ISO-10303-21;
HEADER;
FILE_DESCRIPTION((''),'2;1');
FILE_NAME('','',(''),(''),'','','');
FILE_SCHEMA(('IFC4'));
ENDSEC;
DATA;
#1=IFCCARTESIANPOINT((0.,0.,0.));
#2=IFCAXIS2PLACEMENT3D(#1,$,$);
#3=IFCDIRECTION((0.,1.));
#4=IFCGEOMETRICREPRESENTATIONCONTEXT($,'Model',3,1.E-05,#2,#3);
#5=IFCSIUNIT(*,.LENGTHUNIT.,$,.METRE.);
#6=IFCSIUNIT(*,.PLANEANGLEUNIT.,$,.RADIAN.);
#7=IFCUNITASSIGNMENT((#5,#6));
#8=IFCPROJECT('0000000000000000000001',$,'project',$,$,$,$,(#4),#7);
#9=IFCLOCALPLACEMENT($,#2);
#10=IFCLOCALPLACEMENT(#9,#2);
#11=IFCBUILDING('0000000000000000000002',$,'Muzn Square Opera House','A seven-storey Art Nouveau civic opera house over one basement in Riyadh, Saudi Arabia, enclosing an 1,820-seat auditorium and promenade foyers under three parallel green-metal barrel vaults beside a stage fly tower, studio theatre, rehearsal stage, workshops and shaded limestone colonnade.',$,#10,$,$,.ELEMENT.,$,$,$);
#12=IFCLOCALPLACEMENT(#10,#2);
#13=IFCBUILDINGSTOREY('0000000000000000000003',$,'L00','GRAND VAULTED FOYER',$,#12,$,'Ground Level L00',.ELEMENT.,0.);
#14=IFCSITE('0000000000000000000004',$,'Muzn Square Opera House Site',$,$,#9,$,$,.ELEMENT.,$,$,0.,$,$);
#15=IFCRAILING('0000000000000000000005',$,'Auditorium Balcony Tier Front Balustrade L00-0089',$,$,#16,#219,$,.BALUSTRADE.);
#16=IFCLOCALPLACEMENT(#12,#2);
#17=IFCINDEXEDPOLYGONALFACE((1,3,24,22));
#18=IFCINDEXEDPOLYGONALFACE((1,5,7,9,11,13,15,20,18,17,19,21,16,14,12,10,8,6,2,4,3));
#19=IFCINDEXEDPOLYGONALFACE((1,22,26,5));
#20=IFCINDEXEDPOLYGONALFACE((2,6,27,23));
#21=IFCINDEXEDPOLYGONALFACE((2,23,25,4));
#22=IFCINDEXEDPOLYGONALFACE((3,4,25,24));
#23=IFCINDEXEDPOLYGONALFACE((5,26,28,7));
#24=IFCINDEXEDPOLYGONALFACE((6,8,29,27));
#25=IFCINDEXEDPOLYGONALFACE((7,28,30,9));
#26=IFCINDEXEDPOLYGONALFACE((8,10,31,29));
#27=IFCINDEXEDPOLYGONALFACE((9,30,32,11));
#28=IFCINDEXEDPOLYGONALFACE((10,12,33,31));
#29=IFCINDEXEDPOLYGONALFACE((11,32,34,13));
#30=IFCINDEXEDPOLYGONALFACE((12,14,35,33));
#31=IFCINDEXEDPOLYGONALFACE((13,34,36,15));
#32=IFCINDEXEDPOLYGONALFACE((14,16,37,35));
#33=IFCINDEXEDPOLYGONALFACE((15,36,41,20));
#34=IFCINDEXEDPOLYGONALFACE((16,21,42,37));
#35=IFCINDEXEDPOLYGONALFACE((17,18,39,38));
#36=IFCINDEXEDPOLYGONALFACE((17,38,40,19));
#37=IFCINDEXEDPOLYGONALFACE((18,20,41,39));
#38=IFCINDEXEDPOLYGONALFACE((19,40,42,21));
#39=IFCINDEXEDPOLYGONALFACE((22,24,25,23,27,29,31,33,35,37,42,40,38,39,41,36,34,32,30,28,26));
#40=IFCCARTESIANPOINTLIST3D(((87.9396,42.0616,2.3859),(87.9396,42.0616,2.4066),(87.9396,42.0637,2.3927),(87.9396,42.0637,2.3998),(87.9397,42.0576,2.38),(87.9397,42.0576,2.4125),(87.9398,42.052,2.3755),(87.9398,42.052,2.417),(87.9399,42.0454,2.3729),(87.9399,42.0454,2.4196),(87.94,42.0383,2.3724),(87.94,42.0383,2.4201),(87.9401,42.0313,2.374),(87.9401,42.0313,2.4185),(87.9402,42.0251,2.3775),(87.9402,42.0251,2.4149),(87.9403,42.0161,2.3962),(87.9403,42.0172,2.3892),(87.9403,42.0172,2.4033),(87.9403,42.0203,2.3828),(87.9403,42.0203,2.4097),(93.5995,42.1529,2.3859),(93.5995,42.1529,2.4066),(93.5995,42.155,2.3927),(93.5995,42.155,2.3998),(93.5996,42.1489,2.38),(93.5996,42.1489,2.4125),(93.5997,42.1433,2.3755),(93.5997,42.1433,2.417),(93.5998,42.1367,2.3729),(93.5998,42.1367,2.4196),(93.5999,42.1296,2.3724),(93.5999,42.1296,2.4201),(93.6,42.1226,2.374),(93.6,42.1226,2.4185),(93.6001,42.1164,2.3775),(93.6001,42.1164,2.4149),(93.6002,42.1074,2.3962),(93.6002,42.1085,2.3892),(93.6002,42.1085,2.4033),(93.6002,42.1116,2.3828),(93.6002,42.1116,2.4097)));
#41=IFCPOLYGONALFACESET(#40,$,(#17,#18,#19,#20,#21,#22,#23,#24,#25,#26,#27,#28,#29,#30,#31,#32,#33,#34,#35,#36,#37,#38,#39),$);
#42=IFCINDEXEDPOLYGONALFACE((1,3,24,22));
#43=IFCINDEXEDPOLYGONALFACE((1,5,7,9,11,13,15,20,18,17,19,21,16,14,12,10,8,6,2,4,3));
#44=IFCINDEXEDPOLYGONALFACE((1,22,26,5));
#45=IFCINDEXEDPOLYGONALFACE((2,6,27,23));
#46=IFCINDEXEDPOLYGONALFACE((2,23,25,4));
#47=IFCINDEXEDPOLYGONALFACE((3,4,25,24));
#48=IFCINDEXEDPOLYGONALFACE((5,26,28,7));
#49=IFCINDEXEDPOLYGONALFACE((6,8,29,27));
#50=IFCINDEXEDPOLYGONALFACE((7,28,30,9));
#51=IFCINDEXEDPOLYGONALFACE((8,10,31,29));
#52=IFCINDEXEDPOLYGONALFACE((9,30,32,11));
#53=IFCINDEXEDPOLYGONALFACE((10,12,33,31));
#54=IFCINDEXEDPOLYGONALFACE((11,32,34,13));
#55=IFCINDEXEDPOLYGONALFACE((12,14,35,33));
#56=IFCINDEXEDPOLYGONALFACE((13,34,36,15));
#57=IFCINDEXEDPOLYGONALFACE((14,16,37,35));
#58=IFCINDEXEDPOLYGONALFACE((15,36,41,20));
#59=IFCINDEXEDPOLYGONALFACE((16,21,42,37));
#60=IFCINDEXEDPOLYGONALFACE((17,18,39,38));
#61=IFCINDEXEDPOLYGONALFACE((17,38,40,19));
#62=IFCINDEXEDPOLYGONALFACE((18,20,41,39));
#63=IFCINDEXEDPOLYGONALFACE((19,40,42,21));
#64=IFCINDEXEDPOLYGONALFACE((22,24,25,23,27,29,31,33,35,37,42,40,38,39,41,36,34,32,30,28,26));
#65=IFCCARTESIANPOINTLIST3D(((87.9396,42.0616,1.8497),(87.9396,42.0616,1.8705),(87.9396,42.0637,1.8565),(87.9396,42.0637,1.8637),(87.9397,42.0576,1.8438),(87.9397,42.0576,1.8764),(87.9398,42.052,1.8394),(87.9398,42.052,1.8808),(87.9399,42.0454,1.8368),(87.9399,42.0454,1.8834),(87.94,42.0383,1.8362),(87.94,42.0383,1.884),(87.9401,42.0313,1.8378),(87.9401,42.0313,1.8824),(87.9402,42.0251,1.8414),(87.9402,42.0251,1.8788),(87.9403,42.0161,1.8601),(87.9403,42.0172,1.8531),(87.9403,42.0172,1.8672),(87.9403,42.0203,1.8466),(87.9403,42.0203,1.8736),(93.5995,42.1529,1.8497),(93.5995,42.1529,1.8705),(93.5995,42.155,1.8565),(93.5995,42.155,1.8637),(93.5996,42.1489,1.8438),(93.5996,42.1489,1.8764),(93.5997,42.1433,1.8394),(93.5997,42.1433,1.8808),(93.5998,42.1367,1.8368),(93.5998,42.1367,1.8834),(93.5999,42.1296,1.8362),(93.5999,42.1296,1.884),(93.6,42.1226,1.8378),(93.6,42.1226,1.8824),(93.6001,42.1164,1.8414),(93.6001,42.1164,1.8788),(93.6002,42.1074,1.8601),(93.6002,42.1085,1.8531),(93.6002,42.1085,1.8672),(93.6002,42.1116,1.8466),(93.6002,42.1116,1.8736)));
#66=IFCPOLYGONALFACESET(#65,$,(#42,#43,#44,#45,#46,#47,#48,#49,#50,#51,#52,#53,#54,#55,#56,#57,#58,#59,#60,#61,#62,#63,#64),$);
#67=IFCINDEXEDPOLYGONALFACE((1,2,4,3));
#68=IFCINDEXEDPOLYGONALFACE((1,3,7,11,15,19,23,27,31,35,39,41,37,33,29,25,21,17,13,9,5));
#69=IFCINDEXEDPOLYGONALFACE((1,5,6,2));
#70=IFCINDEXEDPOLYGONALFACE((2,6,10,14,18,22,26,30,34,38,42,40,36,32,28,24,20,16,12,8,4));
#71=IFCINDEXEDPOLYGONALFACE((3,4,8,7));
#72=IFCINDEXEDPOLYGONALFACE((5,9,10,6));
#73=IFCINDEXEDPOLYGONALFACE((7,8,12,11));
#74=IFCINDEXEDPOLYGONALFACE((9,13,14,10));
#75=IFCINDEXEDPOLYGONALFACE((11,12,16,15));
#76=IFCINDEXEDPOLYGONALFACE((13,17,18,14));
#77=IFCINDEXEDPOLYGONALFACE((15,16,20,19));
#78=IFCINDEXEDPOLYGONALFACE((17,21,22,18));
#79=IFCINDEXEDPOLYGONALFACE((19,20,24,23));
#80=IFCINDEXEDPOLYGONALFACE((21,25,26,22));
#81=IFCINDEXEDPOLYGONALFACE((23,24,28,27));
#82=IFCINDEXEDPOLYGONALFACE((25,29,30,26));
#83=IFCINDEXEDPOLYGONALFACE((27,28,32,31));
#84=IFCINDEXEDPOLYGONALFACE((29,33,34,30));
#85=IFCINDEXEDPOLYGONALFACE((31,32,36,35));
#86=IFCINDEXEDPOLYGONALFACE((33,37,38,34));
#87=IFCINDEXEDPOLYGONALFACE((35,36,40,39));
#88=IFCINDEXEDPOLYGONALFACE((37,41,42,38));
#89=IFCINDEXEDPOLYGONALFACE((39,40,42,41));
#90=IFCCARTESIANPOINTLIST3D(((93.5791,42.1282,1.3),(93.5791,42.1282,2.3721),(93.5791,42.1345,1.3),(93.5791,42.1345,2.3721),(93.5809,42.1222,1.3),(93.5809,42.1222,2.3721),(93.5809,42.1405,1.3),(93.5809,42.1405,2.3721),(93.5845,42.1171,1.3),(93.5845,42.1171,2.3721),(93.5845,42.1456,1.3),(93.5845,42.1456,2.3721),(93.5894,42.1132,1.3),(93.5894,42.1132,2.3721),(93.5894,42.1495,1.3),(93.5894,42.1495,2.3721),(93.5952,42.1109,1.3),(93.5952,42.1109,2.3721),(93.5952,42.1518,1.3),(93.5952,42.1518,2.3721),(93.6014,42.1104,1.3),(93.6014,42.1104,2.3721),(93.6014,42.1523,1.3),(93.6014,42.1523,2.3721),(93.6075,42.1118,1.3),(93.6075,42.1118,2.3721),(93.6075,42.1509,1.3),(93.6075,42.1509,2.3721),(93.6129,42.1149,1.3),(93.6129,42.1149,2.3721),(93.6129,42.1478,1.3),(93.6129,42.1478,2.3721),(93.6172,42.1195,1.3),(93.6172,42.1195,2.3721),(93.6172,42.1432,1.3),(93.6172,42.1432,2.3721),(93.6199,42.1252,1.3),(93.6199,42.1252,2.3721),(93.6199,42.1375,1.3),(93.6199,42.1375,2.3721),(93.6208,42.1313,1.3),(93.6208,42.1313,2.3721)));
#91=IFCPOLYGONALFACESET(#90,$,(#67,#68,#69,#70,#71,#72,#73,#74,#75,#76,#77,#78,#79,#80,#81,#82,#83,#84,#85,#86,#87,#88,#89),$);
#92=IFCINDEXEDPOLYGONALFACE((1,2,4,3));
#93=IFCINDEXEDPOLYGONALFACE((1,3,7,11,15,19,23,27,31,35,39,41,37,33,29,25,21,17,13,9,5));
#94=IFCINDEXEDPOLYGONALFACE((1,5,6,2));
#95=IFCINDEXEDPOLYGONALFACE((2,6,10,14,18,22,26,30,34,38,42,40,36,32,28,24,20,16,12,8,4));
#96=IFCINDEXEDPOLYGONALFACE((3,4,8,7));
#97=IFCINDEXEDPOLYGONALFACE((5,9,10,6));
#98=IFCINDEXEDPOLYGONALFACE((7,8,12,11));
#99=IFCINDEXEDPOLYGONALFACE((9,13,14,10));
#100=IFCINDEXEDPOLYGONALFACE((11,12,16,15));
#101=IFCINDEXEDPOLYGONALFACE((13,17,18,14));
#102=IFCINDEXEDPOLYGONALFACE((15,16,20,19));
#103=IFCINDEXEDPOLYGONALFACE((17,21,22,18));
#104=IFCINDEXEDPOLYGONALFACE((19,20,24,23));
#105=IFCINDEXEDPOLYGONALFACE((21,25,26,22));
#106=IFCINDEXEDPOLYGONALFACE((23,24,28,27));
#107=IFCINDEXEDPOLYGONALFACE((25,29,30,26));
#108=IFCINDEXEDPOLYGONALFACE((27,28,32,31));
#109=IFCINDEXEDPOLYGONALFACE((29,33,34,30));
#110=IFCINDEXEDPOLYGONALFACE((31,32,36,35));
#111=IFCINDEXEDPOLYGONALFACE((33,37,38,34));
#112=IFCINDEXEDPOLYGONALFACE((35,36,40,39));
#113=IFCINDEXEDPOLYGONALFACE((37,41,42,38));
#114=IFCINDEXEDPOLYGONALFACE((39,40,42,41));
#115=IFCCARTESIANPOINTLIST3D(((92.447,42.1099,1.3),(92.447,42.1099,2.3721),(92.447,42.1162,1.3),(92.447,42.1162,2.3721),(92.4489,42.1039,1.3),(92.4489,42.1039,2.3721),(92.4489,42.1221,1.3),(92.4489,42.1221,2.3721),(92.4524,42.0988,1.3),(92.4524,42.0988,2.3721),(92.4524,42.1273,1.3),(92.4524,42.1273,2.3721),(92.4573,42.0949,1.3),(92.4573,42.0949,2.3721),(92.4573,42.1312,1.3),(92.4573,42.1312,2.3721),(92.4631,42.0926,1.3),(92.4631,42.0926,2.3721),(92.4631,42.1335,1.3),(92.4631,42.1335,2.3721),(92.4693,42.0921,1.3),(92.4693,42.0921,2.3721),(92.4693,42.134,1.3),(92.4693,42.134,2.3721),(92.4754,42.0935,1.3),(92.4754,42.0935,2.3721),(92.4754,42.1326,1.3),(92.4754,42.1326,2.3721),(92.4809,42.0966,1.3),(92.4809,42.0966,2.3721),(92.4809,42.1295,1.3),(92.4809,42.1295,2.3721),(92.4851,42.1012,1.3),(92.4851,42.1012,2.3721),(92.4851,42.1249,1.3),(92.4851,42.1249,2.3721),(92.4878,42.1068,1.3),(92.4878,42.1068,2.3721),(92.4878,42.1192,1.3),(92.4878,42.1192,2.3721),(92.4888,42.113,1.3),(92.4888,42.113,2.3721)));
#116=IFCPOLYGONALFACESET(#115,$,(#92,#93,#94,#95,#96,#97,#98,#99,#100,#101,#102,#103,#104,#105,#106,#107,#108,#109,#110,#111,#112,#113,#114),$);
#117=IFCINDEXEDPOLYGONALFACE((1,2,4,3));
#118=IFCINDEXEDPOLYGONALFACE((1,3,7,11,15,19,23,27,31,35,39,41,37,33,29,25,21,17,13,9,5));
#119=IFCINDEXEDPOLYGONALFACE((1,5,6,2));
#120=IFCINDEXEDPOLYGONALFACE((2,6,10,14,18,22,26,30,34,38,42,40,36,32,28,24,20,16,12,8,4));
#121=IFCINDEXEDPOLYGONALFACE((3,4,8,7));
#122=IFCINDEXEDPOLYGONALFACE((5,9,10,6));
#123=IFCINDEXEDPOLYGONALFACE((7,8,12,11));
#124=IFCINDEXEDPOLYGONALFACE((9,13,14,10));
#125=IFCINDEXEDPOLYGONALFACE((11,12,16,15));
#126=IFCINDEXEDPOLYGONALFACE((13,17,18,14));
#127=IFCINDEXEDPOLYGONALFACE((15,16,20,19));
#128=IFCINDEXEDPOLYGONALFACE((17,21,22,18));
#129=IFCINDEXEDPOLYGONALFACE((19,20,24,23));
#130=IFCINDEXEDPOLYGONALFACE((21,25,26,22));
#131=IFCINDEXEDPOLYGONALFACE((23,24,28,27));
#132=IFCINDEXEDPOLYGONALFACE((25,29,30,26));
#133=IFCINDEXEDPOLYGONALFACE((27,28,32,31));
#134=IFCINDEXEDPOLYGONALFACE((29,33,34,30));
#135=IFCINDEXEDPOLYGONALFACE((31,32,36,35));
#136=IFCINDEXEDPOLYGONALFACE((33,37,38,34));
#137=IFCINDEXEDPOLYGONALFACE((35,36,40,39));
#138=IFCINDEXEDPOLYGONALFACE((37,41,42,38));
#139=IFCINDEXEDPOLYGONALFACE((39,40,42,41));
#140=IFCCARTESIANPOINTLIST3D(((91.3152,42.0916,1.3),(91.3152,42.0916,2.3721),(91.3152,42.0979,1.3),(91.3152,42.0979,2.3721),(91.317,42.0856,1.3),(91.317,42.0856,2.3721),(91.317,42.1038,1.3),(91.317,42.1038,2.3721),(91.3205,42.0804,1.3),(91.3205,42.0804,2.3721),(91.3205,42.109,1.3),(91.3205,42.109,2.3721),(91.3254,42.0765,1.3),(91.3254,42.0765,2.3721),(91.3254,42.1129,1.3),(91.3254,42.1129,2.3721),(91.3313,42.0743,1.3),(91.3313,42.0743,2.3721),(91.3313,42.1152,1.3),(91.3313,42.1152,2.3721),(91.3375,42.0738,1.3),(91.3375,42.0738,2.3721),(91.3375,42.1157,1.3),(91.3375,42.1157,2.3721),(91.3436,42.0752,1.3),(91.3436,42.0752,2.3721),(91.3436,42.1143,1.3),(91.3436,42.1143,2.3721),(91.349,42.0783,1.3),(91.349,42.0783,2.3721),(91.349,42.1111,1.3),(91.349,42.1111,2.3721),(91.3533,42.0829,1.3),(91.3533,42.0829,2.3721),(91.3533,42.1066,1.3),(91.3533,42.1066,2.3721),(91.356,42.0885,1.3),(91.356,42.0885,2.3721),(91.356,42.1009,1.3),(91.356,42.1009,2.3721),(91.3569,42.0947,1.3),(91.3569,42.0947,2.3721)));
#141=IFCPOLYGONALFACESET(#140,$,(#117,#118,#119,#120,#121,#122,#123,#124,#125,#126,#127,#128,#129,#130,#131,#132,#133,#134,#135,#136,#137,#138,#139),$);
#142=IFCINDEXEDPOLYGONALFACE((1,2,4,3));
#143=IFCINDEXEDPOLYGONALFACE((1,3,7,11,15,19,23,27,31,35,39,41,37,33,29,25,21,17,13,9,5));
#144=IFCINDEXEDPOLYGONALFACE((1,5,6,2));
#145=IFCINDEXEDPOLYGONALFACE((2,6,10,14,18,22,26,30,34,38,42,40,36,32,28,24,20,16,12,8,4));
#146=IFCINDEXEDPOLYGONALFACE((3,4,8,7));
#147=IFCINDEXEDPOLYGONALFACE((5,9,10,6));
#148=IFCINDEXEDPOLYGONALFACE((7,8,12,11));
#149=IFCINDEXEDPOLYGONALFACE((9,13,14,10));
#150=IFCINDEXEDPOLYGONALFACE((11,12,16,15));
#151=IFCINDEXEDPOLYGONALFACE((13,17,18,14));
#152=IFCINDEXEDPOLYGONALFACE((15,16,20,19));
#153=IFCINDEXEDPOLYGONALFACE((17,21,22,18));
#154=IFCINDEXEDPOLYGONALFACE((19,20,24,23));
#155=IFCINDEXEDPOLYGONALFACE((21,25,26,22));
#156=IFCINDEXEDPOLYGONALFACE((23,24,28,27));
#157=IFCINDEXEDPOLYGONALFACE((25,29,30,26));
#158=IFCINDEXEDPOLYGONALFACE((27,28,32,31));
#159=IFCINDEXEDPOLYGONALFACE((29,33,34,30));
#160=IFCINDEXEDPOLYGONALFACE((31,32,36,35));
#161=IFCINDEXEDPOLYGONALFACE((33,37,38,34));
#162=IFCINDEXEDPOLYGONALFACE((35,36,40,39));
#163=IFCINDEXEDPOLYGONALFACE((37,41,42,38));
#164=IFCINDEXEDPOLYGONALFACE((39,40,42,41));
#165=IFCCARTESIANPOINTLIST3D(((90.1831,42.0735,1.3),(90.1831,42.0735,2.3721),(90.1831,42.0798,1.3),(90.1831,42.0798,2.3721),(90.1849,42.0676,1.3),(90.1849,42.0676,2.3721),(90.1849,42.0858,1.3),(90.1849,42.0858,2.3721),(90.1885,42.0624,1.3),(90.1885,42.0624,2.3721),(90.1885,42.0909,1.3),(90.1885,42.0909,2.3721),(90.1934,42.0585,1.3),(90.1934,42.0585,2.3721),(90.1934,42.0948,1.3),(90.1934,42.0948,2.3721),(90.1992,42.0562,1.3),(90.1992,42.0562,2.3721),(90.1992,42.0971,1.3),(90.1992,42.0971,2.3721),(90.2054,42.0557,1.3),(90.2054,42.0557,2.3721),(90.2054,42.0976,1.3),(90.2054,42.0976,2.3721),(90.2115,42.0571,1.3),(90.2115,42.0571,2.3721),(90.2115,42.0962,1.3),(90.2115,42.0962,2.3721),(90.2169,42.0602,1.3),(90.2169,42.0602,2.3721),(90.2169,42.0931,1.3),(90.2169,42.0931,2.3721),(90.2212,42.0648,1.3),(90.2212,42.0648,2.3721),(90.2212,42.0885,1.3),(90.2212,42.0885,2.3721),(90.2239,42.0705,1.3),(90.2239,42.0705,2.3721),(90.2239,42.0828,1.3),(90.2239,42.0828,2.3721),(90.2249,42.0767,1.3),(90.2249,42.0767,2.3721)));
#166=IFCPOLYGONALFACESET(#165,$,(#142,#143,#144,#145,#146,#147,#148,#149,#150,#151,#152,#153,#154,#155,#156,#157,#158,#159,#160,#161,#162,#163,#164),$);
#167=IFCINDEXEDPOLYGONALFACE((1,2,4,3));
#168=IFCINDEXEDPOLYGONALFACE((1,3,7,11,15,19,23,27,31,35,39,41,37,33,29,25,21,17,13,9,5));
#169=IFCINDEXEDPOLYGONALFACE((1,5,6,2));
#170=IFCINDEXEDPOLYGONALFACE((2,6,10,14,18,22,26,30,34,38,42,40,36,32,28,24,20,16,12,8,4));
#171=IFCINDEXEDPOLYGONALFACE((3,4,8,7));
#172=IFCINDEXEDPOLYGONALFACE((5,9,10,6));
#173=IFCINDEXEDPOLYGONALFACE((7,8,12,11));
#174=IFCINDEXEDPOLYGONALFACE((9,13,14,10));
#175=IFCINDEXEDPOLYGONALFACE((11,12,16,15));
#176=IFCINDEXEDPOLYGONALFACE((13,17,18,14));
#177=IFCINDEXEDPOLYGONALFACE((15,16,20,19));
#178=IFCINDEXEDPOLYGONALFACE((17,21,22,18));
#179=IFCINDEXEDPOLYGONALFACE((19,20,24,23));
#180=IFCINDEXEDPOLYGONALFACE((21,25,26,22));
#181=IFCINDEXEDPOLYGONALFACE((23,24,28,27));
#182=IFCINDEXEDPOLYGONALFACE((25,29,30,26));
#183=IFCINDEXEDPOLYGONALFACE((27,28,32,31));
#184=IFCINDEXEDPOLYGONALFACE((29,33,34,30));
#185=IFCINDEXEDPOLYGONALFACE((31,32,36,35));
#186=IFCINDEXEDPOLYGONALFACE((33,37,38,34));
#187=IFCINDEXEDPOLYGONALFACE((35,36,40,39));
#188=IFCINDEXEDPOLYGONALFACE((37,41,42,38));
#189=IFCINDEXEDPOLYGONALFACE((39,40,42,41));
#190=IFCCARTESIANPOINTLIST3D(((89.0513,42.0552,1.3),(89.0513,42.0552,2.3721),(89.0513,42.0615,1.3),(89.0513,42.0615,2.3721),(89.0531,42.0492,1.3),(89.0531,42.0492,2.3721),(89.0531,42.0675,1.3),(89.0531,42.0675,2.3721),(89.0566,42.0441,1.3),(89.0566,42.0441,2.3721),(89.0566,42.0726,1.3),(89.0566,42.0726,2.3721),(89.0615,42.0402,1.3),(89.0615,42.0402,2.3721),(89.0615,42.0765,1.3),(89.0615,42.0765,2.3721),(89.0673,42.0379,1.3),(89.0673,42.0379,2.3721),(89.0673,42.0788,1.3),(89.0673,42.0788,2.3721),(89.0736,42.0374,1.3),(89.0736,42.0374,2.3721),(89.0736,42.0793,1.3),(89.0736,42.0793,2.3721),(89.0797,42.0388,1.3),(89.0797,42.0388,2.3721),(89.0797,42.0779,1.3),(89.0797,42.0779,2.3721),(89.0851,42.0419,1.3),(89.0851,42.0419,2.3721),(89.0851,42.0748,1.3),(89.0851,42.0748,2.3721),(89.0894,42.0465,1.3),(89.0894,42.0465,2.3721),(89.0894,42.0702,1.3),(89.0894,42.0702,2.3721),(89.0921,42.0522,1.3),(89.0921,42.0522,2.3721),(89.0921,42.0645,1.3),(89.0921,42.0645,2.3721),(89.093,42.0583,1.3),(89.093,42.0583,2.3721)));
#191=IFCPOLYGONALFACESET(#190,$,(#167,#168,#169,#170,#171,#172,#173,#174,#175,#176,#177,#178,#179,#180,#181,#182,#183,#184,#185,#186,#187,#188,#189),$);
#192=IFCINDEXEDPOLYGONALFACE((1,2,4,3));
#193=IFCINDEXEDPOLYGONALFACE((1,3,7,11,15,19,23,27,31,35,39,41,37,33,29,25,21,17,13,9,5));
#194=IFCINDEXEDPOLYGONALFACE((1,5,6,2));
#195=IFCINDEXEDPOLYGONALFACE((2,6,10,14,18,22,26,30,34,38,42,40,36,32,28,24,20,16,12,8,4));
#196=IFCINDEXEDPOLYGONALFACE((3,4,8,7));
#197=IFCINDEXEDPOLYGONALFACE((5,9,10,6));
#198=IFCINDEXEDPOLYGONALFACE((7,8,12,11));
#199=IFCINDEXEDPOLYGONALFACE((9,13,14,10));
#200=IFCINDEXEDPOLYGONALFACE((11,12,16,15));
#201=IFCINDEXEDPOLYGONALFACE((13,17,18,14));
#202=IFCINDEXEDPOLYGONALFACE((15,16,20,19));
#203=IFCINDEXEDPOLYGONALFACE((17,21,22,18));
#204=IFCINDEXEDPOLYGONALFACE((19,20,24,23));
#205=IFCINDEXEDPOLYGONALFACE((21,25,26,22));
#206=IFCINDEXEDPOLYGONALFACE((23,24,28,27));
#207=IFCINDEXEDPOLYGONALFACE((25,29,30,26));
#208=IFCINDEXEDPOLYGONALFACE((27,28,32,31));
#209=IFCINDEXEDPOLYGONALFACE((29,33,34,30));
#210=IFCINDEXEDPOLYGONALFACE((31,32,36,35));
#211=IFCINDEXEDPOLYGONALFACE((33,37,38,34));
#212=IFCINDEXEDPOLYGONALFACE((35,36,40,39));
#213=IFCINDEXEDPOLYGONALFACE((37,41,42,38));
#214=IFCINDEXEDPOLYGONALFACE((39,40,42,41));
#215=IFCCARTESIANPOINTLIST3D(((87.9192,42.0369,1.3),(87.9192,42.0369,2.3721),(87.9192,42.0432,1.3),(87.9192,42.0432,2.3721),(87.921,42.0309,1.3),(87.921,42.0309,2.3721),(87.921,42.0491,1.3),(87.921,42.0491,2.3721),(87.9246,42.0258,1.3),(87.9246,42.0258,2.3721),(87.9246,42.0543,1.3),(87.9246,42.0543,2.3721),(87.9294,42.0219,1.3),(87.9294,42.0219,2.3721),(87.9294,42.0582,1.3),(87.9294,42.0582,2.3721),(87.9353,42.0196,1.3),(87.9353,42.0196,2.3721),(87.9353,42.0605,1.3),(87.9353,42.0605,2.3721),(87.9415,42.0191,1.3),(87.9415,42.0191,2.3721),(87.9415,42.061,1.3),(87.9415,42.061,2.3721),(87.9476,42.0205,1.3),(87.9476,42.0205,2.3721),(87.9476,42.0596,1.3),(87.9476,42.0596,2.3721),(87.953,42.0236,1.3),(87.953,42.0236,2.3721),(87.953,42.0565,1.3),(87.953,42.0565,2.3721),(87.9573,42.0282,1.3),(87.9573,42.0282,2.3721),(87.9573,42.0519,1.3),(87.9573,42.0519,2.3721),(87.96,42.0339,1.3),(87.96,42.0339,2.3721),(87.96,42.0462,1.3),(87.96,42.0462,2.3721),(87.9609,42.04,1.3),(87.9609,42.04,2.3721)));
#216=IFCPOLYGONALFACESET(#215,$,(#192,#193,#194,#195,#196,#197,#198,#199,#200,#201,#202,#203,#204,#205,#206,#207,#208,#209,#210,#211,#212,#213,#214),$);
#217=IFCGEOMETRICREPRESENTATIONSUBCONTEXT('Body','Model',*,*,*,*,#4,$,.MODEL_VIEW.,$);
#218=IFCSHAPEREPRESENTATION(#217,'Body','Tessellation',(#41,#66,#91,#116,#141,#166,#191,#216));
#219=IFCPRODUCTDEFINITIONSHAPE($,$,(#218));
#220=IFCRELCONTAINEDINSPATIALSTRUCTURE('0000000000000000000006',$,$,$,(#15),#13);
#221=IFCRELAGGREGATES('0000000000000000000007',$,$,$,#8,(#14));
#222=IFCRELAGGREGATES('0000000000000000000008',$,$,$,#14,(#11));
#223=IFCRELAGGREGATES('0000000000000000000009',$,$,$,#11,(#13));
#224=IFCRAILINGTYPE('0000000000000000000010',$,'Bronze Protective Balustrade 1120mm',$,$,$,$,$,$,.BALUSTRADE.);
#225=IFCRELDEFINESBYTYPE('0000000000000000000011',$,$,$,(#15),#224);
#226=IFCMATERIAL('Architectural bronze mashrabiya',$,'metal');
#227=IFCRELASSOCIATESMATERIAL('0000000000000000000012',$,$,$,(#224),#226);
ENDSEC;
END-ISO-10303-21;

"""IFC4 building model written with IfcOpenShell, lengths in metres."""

from ifc_helpers import new_model, si_unit, direction, frame, origin, origin_2d, place, context, subcontext, project, spatial, circle, extrude, material, type_object, element, save


model = new_model("IFC4")

# Units and contexts
model_context = context("Model", 3, precision=1e-05, world=origin(), true_north=direction((0.0, 1.0)))
body_context = subcontext(model_context, "Body", "Model", "MODEL_VIEW")
ifc_project = project(units=[si_unit("LENGTHUNIT", "METRE"), si_unit("PLANEANGLEUNIT", "RADIAN")], contexts=[model_context])

# Site, building, storey
site_placement = place(None, origin())
site = spatial("IfcSite", under=ifc_project, at=site_placement, Name="Muzn Square Opera House Site", CompositionType="ELEMENT", RefElevation=0.0)
building_placement = place(site_placement, origin())
building = spatial("IfcBuilding", under=site, at=building_placement, Name="Muzn Square Opera House", Description="A seven-storey Art Nouveau civic opera house over one basement in Riyadh, Saudi Arabia, enclosing an 1,820-seat auditorium and promenade foyers under three parallel green-metal barrel vaults beside a stage fly tower, studio theatre, rehearsal stage, workshops and shaded limestone colonnade.", CompositionType="ELEMENT")
storey_placement = place(building_placement, origin())
storey = spatial("IfcBuildingStorey", under=building, at=storey_placement, Name="L00", Description="GRAND VAULTED FOYER", LongName="Ground Level L00", CompositionType="ELEMENT", Elevation=0.0)

# Railing
ifc_material_1 = material(Name="Architectural bronze mashrabiya", Category="metal")
railing_type_1 = type_object("IfcRailingType", Name="Bronze Protective Balustrade 1120mm", PredefinedType="BALUSTRADE", material=ifc_material_1)
railing_1_placement = place(storey_placement, frame((93.5999, 42.1313, 1.3)))
element("IfcRailing", 1, at=railing_1_placement, inside=storey, type_object=railing_type_1, Name="Auditorium Balcony Tier Front Balustrade L00-0089", PredefinedType="BALUSTRADE", context=body_context, shape_type="SweptSolid", body=[
    extrude(circle(Radius=0.0239, at=origin_2d()), frame((0.0, 0.0, 1.0962), z_axis=(-0.99987, -0.01613, 0.0), x_axis=(0.01613, -0.99987, 0.0)), (0.0, 0.0, 1.0), 5.6606),
    extrude(circle(Radius=0.0239, at=origin_2d()), frame((0.0, 0.0, 0.5601), z_axis=(-0.99987, -0.01613, 0.0), x_axis=(0.01613, -0.99987, 0.0)), (0.0, 0.0, 1.0), 5.6606),
    extrude(circle(Radius=0.021, at=origin_2d()), origin(), (0.0, 0.0, 1.0), 1.072),
    extrude(circle(Radius=0.021, at=origin_2d()), frame((-1.1321, -0.0183, 0.0)), (0.0, 0.0, 1.0), 1.072),
    extrude(circle(Radius=0.021, at=origin_2d()), frame((-2.2639, -0.0366, 0.0)), (0.0, 0.0, 1.0), 1.072),
    extrude(circle(Radius=0.021, at=origin_2d()), frame((-3.396, -0.0547, 0.0)), (0.0, 0.0, 1.0), 1.072),
    extrude(circle(Radius=0.021, at=origin_2d()), frame((-4.5278, -0.073, 0.0)), (0.0, 0.0, 1.0), 1.072),
    extrude(circle(Radius=0.021, at=origin_2d()), frame((-5.6599, -0.0913, 0.0)), (0.0, 0.0, 1.0), 1.072),
])

save(model, "model.ifc")
